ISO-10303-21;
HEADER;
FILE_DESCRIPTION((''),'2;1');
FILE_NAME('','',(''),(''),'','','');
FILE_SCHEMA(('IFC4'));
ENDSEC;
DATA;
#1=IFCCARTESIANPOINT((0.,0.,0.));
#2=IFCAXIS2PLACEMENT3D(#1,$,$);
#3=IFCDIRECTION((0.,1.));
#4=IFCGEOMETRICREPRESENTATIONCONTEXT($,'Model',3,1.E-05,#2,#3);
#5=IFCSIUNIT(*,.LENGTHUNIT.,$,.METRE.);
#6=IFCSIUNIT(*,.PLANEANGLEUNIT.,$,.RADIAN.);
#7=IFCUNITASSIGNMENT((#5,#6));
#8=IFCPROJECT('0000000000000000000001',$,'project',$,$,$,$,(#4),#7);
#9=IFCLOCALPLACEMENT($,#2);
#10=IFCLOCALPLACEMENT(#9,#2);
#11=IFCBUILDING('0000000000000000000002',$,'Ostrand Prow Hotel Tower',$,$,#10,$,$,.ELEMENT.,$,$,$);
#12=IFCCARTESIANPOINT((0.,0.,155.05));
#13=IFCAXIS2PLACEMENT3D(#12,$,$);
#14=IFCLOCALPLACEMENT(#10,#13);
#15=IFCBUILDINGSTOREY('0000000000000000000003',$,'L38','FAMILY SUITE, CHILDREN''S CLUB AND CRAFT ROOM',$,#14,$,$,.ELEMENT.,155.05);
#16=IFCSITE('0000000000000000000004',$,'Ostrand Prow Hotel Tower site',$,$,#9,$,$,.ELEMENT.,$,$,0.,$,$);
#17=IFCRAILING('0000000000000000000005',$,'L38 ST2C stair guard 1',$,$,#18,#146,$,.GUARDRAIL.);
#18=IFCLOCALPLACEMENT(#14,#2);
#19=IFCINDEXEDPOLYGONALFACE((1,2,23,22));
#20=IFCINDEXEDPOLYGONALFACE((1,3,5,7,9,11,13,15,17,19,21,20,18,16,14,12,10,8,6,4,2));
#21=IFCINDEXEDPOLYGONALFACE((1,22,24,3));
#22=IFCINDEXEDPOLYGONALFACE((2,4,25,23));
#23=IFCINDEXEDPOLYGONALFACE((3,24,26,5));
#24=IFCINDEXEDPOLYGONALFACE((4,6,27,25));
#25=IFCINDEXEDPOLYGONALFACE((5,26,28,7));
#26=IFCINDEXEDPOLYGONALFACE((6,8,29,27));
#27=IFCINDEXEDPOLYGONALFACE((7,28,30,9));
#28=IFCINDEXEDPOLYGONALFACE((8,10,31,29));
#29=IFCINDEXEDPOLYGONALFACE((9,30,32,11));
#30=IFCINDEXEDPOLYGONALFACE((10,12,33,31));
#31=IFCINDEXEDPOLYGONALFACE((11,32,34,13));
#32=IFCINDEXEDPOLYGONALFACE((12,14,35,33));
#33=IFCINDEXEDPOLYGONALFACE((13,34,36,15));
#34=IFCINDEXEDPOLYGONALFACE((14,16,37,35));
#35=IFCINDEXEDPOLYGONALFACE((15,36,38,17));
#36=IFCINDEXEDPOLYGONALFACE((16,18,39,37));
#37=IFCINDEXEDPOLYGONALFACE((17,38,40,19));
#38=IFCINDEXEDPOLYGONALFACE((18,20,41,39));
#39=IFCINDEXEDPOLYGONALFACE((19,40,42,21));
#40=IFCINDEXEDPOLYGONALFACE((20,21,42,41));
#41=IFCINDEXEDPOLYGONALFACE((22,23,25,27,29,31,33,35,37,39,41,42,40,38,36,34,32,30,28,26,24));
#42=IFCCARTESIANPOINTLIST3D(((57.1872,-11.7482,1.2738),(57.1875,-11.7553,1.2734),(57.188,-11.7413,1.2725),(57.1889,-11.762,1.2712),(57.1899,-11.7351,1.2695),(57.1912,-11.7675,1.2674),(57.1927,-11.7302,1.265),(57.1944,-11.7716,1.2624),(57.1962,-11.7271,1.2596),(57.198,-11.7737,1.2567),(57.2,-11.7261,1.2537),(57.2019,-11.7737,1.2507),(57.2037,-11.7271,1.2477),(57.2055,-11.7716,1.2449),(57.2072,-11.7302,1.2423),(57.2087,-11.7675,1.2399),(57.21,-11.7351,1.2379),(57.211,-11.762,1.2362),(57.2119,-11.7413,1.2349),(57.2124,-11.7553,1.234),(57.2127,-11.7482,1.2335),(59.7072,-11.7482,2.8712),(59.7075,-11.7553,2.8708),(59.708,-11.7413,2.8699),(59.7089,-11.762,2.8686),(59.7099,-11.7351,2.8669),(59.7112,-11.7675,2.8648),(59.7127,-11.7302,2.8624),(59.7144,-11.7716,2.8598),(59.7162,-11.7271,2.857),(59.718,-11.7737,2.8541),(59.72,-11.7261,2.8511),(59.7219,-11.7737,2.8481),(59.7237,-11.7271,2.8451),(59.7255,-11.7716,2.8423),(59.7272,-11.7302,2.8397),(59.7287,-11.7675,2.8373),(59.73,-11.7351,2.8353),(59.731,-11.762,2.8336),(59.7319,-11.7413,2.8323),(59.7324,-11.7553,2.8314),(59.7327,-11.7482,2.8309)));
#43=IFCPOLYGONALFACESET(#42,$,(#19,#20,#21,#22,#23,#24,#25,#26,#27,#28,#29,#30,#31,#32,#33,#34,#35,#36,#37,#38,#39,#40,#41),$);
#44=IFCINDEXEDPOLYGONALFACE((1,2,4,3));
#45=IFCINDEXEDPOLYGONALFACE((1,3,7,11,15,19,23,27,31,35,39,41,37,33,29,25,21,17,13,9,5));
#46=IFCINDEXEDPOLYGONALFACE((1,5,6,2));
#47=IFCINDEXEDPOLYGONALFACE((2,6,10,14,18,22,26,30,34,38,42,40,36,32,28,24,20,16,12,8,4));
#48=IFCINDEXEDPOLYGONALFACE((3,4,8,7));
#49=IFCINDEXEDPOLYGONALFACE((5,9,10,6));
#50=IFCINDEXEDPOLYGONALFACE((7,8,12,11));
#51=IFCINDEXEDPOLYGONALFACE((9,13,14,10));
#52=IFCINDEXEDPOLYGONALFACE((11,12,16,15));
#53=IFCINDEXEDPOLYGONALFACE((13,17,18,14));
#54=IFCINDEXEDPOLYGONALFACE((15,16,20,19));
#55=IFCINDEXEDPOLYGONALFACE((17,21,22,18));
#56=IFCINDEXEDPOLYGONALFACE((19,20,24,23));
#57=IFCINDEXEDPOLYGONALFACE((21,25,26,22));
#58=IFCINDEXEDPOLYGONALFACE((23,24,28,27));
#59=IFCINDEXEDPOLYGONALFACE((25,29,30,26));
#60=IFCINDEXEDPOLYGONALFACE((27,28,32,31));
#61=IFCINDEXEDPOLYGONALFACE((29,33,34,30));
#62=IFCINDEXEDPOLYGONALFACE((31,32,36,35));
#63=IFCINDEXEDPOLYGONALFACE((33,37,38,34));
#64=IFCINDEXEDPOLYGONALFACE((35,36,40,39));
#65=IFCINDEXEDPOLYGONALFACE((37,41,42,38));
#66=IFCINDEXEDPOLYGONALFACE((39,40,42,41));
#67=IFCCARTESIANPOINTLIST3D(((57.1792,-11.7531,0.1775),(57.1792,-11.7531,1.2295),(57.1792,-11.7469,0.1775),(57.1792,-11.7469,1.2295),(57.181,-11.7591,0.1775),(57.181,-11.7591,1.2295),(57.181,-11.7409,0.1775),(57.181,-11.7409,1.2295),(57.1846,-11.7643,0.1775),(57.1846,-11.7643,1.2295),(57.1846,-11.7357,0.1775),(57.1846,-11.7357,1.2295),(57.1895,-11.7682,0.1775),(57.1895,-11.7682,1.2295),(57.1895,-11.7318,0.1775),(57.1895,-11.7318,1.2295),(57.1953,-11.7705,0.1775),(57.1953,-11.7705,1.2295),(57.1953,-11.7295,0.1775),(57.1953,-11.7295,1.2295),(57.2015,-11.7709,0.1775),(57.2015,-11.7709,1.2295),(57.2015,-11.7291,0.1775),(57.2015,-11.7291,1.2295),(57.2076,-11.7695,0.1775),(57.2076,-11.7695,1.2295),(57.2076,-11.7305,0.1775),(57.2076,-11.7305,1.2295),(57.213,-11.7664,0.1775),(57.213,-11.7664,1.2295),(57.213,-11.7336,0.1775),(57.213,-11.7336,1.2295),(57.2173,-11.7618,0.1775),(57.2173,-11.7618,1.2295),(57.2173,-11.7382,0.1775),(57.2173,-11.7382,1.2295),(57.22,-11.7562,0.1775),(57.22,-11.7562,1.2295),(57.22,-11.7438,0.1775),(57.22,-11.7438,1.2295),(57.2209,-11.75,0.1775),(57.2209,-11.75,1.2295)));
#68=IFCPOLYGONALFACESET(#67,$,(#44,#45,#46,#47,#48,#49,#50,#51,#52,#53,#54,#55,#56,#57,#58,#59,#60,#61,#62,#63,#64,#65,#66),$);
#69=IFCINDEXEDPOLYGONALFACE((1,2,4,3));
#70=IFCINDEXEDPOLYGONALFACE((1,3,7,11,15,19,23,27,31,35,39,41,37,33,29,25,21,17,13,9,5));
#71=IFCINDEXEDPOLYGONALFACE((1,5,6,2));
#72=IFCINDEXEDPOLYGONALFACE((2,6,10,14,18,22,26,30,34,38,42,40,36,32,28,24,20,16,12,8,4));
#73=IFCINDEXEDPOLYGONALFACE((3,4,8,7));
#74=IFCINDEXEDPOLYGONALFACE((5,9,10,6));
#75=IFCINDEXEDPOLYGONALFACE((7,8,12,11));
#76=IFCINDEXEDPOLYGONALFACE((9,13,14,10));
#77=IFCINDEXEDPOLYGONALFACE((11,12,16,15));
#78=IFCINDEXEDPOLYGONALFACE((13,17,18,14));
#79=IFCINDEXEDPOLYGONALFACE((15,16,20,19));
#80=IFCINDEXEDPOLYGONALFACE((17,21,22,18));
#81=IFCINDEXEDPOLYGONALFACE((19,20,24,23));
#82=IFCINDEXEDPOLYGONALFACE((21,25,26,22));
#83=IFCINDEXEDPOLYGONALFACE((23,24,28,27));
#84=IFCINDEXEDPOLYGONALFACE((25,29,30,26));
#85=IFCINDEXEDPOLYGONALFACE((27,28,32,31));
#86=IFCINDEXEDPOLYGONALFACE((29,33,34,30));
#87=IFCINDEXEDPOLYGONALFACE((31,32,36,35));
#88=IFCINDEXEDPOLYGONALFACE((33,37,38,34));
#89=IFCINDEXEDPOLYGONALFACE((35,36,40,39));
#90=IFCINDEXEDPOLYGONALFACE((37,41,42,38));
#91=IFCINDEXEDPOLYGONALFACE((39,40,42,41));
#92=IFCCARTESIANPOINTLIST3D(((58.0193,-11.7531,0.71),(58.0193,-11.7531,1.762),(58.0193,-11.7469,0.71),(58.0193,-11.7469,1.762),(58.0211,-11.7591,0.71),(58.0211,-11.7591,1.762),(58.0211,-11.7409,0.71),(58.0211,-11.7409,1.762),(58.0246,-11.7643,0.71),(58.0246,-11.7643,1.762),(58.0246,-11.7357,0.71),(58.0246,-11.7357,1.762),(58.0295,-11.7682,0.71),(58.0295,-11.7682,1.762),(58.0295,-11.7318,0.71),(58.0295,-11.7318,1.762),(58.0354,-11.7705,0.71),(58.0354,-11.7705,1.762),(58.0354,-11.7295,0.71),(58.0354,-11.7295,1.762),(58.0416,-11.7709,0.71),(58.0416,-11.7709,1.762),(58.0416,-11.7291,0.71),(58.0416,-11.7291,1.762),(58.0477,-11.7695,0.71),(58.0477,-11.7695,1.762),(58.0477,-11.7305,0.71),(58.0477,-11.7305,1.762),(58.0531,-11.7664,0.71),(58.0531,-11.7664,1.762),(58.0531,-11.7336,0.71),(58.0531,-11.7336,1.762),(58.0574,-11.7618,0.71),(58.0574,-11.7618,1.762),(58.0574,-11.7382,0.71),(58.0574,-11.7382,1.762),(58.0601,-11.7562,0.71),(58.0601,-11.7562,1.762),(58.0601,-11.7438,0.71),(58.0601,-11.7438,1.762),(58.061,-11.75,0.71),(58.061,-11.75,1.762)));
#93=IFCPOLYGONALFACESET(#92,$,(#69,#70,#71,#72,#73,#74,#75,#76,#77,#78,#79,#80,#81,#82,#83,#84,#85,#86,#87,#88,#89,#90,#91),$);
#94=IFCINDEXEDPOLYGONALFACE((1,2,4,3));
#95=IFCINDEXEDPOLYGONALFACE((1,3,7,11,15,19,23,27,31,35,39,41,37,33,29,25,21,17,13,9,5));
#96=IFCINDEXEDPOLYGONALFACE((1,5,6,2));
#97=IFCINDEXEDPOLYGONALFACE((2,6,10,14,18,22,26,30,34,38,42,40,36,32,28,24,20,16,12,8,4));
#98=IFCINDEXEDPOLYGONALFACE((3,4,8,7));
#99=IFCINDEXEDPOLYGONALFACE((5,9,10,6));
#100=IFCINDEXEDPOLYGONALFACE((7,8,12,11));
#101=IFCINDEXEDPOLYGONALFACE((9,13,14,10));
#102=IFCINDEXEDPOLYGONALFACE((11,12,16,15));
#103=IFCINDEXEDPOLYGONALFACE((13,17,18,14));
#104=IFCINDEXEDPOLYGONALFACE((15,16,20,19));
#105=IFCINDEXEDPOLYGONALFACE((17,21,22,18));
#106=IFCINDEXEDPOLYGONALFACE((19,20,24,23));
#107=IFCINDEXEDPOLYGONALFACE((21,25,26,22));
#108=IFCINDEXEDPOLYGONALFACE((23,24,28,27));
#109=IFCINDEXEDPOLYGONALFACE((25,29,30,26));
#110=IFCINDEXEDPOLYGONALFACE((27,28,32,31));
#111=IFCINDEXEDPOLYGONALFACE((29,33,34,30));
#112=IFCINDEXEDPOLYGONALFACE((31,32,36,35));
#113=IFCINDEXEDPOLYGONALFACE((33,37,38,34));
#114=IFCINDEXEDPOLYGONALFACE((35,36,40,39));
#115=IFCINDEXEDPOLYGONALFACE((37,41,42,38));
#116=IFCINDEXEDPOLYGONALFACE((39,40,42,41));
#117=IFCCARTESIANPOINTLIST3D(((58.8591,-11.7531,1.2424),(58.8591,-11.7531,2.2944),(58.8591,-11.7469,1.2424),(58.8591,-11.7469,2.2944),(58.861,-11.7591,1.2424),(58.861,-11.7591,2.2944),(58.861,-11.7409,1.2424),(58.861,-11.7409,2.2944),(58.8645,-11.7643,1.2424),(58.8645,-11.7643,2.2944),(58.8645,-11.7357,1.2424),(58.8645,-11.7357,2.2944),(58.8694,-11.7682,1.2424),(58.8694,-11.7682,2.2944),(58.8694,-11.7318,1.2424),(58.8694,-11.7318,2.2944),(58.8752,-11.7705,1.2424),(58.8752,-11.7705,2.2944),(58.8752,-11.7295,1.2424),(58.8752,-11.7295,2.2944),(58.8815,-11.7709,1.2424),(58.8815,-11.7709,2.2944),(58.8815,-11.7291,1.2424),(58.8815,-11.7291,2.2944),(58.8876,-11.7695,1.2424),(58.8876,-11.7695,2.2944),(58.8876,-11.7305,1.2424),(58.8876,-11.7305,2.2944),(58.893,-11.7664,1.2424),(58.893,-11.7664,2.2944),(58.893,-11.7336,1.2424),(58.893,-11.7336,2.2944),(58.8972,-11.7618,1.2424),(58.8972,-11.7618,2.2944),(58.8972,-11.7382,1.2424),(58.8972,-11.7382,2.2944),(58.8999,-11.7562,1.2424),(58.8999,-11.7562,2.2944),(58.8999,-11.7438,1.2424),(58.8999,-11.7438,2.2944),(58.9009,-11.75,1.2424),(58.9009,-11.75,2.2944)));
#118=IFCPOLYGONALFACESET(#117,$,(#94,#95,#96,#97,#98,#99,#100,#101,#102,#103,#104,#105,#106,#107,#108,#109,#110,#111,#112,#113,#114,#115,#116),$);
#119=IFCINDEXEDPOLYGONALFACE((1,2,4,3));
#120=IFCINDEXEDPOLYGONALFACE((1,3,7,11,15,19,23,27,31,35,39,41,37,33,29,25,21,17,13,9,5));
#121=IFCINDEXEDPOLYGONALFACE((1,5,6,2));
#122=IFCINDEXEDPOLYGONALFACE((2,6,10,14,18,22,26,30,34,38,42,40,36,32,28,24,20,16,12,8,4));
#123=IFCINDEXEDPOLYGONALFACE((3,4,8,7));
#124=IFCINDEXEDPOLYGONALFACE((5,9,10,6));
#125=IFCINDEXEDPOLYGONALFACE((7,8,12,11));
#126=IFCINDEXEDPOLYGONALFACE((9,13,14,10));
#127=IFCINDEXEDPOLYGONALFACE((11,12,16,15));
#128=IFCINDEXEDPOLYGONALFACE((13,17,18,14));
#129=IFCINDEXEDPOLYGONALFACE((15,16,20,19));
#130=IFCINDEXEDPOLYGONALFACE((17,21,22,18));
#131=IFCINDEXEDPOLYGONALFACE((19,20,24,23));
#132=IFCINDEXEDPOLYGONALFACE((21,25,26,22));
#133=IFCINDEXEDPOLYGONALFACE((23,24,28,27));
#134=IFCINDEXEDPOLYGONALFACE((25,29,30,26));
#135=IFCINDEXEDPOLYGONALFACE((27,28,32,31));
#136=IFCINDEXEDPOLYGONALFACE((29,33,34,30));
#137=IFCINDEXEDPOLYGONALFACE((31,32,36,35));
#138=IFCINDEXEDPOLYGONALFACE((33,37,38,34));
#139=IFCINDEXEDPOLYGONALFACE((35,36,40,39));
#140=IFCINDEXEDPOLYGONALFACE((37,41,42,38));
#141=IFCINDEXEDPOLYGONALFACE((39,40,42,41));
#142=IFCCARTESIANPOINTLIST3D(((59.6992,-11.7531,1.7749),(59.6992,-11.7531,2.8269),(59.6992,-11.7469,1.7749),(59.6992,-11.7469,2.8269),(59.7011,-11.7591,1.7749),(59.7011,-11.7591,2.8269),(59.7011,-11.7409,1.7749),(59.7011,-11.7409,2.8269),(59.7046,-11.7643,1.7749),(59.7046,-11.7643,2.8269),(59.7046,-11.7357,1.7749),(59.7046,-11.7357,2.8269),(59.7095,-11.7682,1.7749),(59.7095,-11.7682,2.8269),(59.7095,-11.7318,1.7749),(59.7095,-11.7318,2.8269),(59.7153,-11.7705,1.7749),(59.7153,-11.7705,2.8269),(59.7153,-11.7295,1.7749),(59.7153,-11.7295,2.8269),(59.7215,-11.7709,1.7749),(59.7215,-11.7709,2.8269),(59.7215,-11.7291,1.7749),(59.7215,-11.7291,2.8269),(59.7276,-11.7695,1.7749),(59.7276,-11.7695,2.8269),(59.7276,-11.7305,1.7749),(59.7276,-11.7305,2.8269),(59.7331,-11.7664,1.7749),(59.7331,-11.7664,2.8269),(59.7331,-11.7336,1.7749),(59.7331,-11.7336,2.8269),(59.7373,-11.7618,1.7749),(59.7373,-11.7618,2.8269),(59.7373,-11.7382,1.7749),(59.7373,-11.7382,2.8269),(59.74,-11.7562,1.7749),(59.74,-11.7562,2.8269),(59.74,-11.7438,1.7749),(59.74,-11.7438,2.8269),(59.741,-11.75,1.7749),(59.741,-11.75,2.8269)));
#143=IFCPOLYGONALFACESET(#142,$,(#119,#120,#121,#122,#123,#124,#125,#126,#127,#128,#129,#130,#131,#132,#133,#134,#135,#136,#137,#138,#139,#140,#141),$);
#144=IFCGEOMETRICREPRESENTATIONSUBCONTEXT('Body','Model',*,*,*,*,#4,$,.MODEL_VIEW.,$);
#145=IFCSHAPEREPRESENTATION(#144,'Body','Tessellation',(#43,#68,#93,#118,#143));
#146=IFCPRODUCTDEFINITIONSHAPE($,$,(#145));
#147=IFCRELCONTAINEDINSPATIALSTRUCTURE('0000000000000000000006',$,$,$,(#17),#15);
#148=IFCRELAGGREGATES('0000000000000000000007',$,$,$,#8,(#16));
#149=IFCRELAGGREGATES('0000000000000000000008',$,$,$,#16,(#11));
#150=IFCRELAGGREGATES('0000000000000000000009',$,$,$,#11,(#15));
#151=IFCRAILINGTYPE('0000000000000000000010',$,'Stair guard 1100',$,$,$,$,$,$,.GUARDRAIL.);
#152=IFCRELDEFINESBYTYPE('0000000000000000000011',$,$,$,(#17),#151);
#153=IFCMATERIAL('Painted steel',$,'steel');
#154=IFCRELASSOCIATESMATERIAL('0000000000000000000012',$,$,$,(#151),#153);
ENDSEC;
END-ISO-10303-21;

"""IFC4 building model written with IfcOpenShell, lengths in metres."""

from ifc_helpers import new_model, si_unit, direction, frame, origin, origin_2d, place, context, subcontext, project, spatial, circle, extrude, material, type_object, element, save


model = new_model("IFC4")

# Units and contexts
model_context = context("Model", 3, precision=1e-05, world=origin(), true_north=direction((0.0, 1.0)))
body_context = subcontext(model_context, "Body", "Model", "MODEL_VIEW")
ifc_project = project(units=[si_unit("LENGTHUNIT", "METRE"), si_unit("PLANEANGLEUNIT", "RADIAN")], contexts=[model_context])

# Site, building, storey
site_placement = place(None, origin())
site = spatial("IfcSite", under=ifc_project, at=site_placement, Name="Ostrand Prow Hotel Tower site", CompositionType="ELEMENT", RefElevation=0.0)
building_placement = place(site_placement, origin())
building = spatial("IfcBuilding", under=site, at=building_placement, Name="Ostrand Prow Hotel Tower", CompositionType="ELEMENT")
storey_placement = place(building_placement, frame((0.0, 0.0, 155.05)))
storey = spatial("IfcBuildingStorey", under=building, at=storey_placement, Name="L38", Description="FAMILY SUITE, CHILDREN'S CLUB AND CRAFT ROOM", CompositionType="ELEMENT", Elevation=155.05)

# Railing
ifc_material_1 = material(Name="Painted steel", Category="steel")
railing_type_1 = type_object("IfcRailingType", Name="Stair guard 1100", PredefinedType="GUARDRAIL", material=ifc_material_1)
railing_1_placement = place(storey_placement, frame((57.2, -11.75, 0.1775)))
element("IfcRailing", 1, at=railing_1_placement, inside=storey, type_object=railing_type_1, Name="L38 ST2C stair guard 1", PredefinedType="GUARDRAIL", context=body_context, shape_type="SweptSolid", body=[
    extrude(circle(Radius=0.0239, at=origin_2d()), frame((0.0, 0.0, 1.0762), z_axis=(0.844607, 0.0, 0.535387), x_axis=(0.0, 1.0, 0.0)), (0.0, 0.0, 1.0), 2.9836),
    extrude(circle(Radius=0.021, at=origin_2d()), origin(), (0.0, 0.0, 1.0), 1.052),
    extrude(circle(Radius=0.021, at=origin_2d()), frame((0.8401, 0.0, 0.5325)), (0.0, 0.0, 1.0), 1.052),
    extrude(circle(Radius=0.021, at=origin_2d()), frame((1.6799, 0.0, 1.0649)), (0.0, 0.0, 1.0), 1.052),
    extrude(circle(Radius=0.021, at=origin_2d()), frame((2.52, 0.0, 1.5974)), (0.0, 0.0, 1.0), 1.052),
])

save(model, "model.ifc")
